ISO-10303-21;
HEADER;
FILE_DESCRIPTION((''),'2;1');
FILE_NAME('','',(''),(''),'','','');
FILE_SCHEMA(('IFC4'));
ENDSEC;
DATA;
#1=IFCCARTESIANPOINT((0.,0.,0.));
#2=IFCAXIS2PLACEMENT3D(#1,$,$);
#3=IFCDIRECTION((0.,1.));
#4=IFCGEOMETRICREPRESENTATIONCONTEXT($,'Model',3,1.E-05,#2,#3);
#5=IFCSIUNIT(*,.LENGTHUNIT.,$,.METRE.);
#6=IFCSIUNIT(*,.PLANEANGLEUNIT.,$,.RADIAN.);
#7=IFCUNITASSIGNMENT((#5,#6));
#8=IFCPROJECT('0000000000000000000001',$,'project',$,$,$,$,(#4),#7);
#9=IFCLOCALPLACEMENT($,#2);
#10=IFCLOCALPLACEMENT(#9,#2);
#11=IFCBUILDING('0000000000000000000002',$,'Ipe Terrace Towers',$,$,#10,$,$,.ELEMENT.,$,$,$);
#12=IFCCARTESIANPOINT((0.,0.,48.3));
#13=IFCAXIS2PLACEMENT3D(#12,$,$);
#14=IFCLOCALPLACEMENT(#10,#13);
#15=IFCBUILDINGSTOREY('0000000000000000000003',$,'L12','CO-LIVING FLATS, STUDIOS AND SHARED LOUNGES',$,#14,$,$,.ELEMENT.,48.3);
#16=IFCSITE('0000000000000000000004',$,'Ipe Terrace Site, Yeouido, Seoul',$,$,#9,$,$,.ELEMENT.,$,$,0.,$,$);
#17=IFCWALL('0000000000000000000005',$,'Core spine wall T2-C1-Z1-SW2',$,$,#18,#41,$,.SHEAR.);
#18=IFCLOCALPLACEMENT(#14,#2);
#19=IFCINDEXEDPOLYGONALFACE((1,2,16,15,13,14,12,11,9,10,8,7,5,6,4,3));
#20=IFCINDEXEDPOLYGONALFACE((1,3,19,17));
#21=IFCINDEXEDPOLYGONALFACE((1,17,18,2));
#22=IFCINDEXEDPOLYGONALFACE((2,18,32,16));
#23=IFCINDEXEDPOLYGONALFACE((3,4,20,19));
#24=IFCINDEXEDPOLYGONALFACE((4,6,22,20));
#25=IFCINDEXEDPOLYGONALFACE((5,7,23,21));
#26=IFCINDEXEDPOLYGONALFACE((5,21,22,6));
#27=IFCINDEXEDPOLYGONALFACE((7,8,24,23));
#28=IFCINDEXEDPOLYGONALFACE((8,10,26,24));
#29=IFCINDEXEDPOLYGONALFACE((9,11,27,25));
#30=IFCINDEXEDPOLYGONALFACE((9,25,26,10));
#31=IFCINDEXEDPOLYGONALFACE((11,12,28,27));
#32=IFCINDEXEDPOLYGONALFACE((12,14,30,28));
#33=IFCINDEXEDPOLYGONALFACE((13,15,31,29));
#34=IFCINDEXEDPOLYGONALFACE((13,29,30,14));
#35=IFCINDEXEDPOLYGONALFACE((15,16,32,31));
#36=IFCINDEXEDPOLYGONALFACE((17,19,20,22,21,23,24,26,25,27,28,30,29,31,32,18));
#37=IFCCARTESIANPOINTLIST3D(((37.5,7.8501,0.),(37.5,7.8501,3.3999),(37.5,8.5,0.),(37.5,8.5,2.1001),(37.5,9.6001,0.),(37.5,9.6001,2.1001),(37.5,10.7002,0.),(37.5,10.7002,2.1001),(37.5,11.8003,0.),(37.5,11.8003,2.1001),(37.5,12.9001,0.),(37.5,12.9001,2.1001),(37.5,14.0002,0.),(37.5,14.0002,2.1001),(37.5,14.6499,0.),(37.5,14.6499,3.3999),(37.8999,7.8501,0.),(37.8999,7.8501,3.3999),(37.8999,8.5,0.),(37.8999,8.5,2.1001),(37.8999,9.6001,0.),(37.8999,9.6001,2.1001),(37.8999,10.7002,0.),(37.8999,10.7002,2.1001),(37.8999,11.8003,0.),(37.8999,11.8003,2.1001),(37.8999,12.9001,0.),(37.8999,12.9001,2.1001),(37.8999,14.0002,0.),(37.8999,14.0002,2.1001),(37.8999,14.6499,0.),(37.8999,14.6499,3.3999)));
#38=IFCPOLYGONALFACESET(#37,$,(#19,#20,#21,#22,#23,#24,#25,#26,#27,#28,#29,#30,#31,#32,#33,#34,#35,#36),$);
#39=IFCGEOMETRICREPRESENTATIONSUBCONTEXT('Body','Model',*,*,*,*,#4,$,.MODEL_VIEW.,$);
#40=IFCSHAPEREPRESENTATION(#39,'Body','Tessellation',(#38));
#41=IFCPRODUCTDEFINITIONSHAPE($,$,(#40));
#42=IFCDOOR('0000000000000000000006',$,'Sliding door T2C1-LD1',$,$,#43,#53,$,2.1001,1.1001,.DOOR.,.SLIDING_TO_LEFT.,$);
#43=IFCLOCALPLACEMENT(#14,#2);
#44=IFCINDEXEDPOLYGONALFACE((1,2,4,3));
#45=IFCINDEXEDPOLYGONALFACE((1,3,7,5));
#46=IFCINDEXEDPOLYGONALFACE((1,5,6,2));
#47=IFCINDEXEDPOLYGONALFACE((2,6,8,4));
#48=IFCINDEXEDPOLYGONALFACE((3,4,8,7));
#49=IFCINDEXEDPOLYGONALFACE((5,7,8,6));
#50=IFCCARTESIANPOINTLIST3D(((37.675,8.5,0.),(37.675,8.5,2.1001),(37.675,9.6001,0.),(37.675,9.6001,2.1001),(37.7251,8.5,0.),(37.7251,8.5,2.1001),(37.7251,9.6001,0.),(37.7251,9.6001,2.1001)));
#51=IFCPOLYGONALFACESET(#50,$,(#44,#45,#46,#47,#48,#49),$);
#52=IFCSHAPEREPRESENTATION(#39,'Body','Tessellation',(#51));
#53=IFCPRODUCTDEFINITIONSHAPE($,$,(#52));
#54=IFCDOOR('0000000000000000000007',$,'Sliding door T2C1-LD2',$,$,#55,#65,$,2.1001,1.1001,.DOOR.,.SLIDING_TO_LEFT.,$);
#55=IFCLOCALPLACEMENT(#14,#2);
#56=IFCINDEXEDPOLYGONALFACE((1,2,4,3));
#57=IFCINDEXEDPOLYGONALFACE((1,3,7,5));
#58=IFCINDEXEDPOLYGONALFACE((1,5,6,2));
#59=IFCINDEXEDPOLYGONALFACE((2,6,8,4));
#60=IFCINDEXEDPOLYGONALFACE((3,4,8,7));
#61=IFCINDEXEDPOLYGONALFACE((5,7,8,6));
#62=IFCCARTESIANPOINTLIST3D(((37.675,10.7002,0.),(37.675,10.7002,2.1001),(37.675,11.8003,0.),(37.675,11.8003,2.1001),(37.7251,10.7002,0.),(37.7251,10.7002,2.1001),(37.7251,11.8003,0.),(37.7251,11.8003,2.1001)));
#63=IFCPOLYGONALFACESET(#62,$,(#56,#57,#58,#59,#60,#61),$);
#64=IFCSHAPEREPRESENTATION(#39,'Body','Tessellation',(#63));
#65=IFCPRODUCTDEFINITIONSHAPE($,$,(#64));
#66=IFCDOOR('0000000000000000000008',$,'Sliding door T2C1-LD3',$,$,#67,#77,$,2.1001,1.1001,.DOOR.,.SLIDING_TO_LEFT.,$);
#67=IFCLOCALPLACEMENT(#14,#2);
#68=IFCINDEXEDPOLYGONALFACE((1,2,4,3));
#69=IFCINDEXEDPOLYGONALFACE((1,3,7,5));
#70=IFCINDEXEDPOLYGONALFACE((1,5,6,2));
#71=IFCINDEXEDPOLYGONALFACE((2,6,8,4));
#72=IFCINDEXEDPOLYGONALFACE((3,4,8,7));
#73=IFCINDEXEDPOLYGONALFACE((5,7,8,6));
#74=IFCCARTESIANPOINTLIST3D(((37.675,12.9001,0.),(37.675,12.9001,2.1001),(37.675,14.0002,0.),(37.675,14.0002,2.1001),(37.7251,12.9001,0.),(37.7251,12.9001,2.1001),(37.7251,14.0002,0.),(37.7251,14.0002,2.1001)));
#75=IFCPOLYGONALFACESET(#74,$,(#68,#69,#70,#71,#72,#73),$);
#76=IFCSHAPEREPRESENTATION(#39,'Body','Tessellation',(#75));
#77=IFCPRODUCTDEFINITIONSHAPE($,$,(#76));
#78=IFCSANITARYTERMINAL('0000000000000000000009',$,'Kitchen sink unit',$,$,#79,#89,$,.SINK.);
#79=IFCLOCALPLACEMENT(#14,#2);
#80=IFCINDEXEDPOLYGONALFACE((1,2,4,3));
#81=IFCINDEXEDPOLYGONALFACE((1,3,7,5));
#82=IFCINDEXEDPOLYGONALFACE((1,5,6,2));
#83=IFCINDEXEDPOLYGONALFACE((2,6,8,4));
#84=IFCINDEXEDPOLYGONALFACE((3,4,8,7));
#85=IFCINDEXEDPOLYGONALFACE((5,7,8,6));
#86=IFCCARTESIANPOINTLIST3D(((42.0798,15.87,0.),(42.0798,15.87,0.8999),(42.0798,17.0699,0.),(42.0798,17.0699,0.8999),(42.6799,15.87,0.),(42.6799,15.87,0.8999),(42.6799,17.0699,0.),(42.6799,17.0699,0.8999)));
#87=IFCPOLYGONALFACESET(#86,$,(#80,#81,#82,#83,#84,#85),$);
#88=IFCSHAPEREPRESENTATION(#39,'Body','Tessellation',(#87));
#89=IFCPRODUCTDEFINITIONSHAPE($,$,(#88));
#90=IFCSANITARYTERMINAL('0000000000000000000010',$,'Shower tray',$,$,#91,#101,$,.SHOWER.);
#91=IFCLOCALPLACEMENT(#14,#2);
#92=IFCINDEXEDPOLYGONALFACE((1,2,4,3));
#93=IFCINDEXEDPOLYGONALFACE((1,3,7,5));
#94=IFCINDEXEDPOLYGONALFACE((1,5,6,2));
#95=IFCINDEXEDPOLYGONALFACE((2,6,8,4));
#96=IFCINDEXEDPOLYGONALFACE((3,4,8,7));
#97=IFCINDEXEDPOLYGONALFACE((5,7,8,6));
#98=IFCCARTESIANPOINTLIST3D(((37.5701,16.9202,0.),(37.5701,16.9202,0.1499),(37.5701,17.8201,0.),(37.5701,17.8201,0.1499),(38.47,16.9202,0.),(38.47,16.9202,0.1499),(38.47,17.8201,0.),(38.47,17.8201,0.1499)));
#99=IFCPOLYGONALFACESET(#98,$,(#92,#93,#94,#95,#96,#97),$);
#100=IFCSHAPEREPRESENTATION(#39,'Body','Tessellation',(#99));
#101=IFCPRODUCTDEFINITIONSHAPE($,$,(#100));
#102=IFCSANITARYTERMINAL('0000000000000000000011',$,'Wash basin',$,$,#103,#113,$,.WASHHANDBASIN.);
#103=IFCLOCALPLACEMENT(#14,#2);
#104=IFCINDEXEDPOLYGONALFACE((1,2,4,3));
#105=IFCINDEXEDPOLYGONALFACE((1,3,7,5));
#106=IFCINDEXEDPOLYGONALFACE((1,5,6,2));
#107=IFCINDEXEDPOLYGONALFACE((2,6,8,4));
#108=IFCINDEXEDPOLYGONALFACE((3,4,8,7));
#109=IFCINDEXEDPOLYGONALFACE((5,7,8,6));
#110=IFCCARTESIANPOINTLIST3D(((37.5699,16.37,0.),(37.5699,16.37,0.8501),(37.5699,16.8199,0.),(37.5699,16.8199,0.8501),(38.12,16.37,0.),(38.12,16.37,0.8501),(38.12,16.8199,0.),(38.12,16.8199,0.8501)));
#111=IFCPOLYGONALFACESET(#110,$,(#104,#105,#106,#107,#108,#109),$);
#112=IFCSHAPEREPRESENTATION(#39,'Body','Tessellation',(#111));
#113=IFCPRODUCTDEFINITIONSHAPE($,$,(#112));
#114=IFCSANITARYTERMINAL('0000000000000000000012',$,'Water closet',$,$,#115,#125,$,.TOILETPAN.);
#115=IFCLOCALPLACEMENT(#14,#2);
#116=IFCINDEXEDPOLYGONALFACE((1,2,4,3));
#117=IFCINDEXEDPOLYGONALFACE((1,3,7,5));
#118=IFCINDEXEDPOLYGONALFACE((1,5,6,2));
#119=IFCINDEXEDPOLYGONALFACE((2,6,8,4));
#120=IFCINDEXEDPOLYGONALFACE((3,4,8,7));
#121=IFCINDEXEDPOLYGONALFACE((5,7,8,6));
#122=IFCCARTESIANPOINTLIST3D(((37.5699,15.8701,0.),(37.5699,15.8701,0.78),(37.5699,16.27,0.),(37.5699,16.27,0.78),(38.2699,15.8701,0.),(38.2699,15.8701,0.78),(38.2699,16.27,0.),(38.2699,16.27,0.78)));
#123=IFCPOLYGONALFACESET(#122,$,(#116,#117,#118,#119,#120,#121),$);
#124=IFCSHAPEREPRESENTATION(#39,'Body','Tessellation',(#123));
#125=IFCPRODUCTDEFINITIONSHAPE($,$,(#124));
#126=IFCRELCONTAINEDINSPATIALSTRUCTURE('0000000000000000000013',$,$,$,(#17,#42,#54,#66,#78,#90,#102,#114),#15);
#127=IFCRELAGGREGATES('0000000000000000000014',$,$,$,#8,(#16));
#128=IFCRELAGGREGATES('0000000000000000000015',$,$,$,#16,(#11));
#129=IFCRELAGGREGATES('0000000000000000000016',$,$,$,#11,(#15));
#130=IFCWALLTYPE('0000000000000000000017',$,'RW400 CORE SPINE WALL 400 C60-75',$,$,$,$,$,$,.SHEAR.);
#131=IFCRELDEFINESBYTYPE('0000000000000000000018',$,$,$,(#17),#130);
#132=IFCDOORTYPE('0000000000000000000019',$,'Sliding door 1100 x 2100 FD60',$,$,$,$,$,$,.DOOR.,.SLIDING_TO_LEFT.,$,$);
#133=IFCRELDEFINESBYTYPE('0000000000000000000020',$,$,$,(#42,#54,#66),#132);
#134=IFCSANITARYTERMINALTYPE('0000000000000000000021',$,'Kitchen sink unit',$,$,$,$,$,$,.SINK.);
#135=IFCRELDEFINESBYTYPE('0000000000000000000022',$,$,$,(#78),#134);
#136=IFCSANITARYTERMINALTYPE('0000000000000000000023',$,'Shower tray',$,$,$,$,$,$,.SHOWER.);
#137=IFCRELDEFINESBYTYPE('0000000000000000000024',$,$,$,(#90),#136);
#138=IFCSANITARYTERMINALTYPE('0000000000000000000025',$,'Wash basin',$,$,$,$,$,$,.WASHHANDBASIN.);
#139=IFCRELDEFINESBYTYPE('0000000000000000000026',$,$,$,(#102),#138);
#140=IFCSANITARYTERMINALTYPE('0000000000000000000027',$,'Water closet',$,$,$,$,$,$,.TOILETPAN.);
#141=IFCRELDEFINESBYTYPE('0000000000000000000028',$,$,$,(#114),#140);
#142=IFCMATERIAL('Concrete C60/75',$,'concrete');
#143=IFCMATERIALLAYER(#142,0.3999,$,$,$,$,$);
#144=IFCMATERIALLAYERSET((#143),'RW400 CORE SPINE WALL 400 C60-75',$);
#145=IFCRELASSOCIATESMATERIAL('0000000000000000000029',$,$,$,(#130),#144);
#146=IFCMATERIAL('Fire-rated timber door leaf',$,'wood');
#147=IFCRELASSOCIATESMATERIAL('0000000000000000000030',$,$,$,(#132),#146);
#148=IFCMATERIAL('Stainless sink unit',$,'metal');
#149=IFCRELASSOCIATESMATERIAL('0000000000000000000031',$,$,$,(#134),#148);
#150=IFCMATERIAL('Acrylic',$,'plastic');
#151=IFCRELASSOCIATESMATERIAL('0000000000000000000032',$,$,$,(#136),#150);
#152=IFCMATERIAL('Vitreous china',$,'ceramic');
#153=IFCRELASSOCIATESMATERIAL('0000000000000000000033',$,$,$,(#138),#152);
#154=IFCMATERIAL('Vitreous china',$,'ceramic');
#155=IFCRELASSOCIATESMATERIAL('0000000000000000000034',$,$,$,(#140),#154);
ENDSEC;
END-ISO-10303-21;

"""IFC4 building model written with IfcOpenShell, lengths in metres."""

from ifc_helpers import new_model, si_unit, direction, frame, frame_2d, origin, origin_2d, place, context, subcontext, project, spatial, rectangle, extrude, material, layer, layer_set, type_object, element, fill, save


model = new_model("IFC4")

# Units and contexts
model_context = context("Model", 3, precision=1e-05, world=origin(), true_north=direction((0.0, 1.0)))
body_context = subcontext(model_context, "Body", "Model", "MODEL_VIEW")
ifc_project = project(units=[si_unit("LENGTHUNIT", "METRE"), si_unit("PLANEANGLEUNIT", "RADIAN")], contexts=[model_context])

# Site, building, storey
site_placement = place(None, origin())
site = spatial("IfcSite", under=ifc_project, at=site_placement, Name="Ipe Terrace Site, Yeouido, Seoul", CompositionType="ELEMENT", RefElevation=0.0)
building_placement = place(site_placement, origin())
building = spatial("IfcBuilding", under=site, at=building_placement, Name="Ipe Terrace Towers", CompositionType="ELEMENT")
storey_placement = place(building_placement, frame((0.0, 0.0, 48.3)))
storey = spatial("IfcBuildingStorey", under=building, at=storey_placement, Name="L12", Description="CO-LIVING FLATS, STUDIOS AND SHARED LOUNGES", CompositionType="ELEMENT", Elevation=48.3)

# Wall, openings, doors
ifc_material_1 = material(Name="Concrete C60/75", Category="concrete")
ifc_layer_1 = layer(ifc_material_1, 0.3999)
ifc_layer_set_1 = layer_set([ifc_layer_1], Name="RW400 CORE SPINE WALL 400 C60-75")
wall_type_1 = type_object("IfcWallType", Name="RW400 CORE SPINE WALL 400 C60-75", PredefinedType="SHEAR", material=ifc_layer_set_1)
wall_1_placement = place(storey_placement, frame((37.7, 7.8501, 0.0), z_axis=(0.0, 0.0, 1.0), x_axis=(0.0, 1.0, 0.0)))
wall_1 = element("IfcWall", 1, at=wall_1_placement, inside=storey, type_object=wall_type_1, Name="Core spine wall T2-C1-Z1-SW2", PredefinedType="SHEAR", context=body_context, shape_type="SweptSolid", body=[
    extrude(rectangle(XDim=6.7998, YDim=0.3999, at=frame_2d((3.3999, 0.0))), origin(), (0.0, 0.0, 1.0), 3.3999),
])
opening_1_placement = place(wall_1_placement, frame((0.6499, 0.0, 0.0)))
opening_1 = element("IfcOpeningElement", 2, at=opening_1_placement, cuts=wall_1, PredefinedType="OPENING", context=body_context, shape_type="SweptSolid", body=[
    extrude(rectangle(XDim=1.1001, YDim=2.1001, at=frame_2d((0.55, 1.05))), frame((0.0, 0.21, 0.0), z_axis=(0.0, -1.0, 0.0), x_axis=(1.0, 0.0, 0.0)), (0.0, 0.0, 1.0), 0.4199),
])
opening_2_placement = place(wall_1_placement, frame((2.8501, 0.0, 0.0)))
opening_2 = element("IfcOpeningElement", 3, at=opening_2_placement, cuts=wall_1, PredefinedType="OPENING", context=body_context, shape_type="SweptSolid", body=[
    extrude(rectangle(XDim=1.1001, YDim=2.1001, at=frame_2d((0.55, 1.05))), frame((0.0, 0.21, 0.0), z_axis=(0.0, -1.0, 0.0), x_axis=(1.0, 0.0, 0.0)), (0.0, 0.0, 1.0), 0.4199),
])
opening_3_placement = place(wall_1_placement, frame((5.05, 0.0, 0.0)))
opening_3 = element("IfcOpeningElement", 4, at=opening_3_placement, cuts=wall_1, PredefinedType="OPENING", context=body_context, shape_type="SweptSolid", body=[
    extrude(rectangle(XDim=1.1001, YDim=2.1001, at=frame_2d((0.55, 1.05))), frame((0.0, 0.21, 0.0), z_axis=(0.0, -1.0, 0.0), x_axis=(1.0, 0.0, 0.0)), (0.0, 0.0, 1.0), 0.4199),
])
ifc_material_2 = material(Name="Fire-rated timber door leaf", Category="wood")
door_type_1 = type_object("IfcDoorType", Name="Sliding door 1100 x 2100 FD60", OperationType="SLIDING_TO_LEFT", PredefinedType="DOOR", material=ifc_material_2)
door_1_placement = place(opening_1_placement, origin())
door_1 = element("IfcDoor", 5, at=door_1_placement, inside=storey, type_object=door_type_1, Name="Sliding door T2C1-LD1", OperationType="SLIDING_TO_LEFT", OverallHeight=2.1001, OverallWidth=1.1001, PredefinedType="DOOR", context=body_context, shape_type="SweptSolid", body=[
    extrude(rectangle(XDim=1.1001, YDim=2.1001, at=frame_2d((0.55, 1.05))), frame((0.0, 0.0249, 0.0), z_axis=(0.0, -1.0, 0.0), x_axis=(1.0, 0.0, 0.0)), (0.0, 0.0, 1.0), 0.05),
])
fill(opening_1, door_1)
door_2_placement = place(opening_2_placement, origin())
door_2 = element("IfcDoor", 6, at=door_2_placement, inside=storey, type_object=door_type_1, Name="Sliding door T2C1-LD2", OperationType="SLIDING_TO_LEFT", OverallHeight=2.1001, OverallWidth=1.1001, PredefinedType="DOOR", context=body_context, shape_type="SweptSolid", body=[
    extrude(rectangle(XDim=1.1001, YDim=2.1001, at=frame_2d((0.55, 1.05))), frame((0.0, 0.0249, 0.0), z_axis=(0.0, -1.0, 0.0), x_axis=(1.0, 0.0, 0.0)), (0.0, 0.0, 1.0), 0.05),
])
fill(opening_2, door_2)
door_3_placement = place(opening_3_placement, origin())
door_3 = element("IfcDoor", 7, at=door_3_placement, inside=storey, type_object=door_type_1, Name="Sliding door T2C1-LD3", OperationType="SLIDING_TO_LEFT", OverallHeight=2.1001, OverallWidth=1.1001, PredefinedType="DOOR", context=body_context, shape_type="SweptSolid", body=[
    extrude(rectangle(XDim=1.1001, YDim=2.1001, at=frame_2d((0.55, 1.05))), frame((0.0, 0.0249, 0.0), z_axis=(0.0, -1.0, 0.0), x_axis=(1.0, 0.0, 0.0)), (0.0, 0.0, 1.0), 0.05),
])
fill(opening_3, door_3)

# Sanitary terminals
ifc_material_3 = material(Name="Stainless sink unit", Category="metal")
sanitary_terminal_type_1 = type_object("IfcSanitaryTerminalType", Name="Kitchen sink unit", PredefinedType="SINK", material=ifc_material_3)
sanitary_terminal_1_placement = place(storey_placement, frame((42.3799, 16.47, 0.0), z_axis=(0.0, 0.0, 1.0), x_axis=(0.0, -1.0, 0.0)))
element("IfcSanitaryTerminal", 8, at=sanitary_terminal_1_placement, inside=storey, type_object=sanitary_terminal_type_1, Name="Kitchen sink unit", PredefinedType="SINK", context=body_context, shape_type="SweptSolid", body=[
    extrude(rectangle(XDim=1.2, YDim=0.6001, at=origin_2d()), origin(), (0.0, 0.0, 1.0), 0.8999),
])
ifc_material_4 = material(Name="Acrylic", Category="plastic")
sanitary_terminal_type_2 = type_object("IfcSanitaryTerminalType", Name="Shower tray", PredefinedType="SHOWER", material=ifc_material_4)
sanitary_terminal_2_placement = place(storey_placement, frame((38.02, 17.3701, 0.0), z_axis=(0.0, 0.0, 1.0), x_axis=(1.0, 0.0, 0.0)))
element("IfcSanitaryTerminal", 9, at=sanitary_terminal_2_placement, inside=storey, type_object=sanitary_terminal_type_2, Name="Shower tray", PredefinedType="SHOWER", context=body_context, shape_type="SweptSolid", body=[
    extrude(rectangle(XDim=0.8999, YDim=0.8999, at=origin_2d()), origin(), (0.0, 0.0, 1.0), 0.1499),
])
ifc_material_5 = material(Name="Vitreous china", Category="ceramic")
sanitary_terminal_type_3 = type_object("IfcSanitaryTerminalType", Name="Wash basin", PredefinedType="WASHHANDBASIN", material=ifc_material_5)
sanitary_terminal_3_placement = place(storey_placement, frame((37.845, 16.595, 0.0), z_axis=(0.0, 0.0, 1.0), x_axis=(1.0, 0.0, 0.0)))
element("IfcSanitaryTerminal", 10, at=sanitary_terminal_3_placement, inside=storey, type_object=sanitary_terminal_type_3, Name="Wash basin", PredefinedType="WASHHANDBASIN", context=body_context, shape_type="SweptSolid", body=[
    extrude(rectangle(XDim=0.55, YDim=0.45, at=origin_2d()), origin(), (0.0, 0.0, 1.0), 0.8501),
])
ifc_material_6 = material(Name="Vitreous china", Category="ceramic")
sanitary_terminal_type_4 = type_object("IfcSanitaryTerminalType", Name="Water closet", PredefinedType="TOILETPAN", material=ifc_material_6)
sanitary_terminal_4_placement = place(storey_placement, frame((37.9199, 16.0701, 0.0), z_axis=(0.0, 0.0, 1.0), x_axis=(1.0, 0.0, 0.0)))
element("IfcSanitaryTerminal", 11, at=sanitary_terminal_4_placement, inside=storey, type_object=sanitary_terminal_type_4, Name="Water closet", PredefinedType="TOILETPAN", context=body_context, shape_type="SweptSolid", body=[
    extrude(rectangle(XDim=0.7, YDim=0.3999, at=origin_2d()), origin(), (0.0, 0.0, 1.0), 0.78),
])

save(model, "model.ifc")
